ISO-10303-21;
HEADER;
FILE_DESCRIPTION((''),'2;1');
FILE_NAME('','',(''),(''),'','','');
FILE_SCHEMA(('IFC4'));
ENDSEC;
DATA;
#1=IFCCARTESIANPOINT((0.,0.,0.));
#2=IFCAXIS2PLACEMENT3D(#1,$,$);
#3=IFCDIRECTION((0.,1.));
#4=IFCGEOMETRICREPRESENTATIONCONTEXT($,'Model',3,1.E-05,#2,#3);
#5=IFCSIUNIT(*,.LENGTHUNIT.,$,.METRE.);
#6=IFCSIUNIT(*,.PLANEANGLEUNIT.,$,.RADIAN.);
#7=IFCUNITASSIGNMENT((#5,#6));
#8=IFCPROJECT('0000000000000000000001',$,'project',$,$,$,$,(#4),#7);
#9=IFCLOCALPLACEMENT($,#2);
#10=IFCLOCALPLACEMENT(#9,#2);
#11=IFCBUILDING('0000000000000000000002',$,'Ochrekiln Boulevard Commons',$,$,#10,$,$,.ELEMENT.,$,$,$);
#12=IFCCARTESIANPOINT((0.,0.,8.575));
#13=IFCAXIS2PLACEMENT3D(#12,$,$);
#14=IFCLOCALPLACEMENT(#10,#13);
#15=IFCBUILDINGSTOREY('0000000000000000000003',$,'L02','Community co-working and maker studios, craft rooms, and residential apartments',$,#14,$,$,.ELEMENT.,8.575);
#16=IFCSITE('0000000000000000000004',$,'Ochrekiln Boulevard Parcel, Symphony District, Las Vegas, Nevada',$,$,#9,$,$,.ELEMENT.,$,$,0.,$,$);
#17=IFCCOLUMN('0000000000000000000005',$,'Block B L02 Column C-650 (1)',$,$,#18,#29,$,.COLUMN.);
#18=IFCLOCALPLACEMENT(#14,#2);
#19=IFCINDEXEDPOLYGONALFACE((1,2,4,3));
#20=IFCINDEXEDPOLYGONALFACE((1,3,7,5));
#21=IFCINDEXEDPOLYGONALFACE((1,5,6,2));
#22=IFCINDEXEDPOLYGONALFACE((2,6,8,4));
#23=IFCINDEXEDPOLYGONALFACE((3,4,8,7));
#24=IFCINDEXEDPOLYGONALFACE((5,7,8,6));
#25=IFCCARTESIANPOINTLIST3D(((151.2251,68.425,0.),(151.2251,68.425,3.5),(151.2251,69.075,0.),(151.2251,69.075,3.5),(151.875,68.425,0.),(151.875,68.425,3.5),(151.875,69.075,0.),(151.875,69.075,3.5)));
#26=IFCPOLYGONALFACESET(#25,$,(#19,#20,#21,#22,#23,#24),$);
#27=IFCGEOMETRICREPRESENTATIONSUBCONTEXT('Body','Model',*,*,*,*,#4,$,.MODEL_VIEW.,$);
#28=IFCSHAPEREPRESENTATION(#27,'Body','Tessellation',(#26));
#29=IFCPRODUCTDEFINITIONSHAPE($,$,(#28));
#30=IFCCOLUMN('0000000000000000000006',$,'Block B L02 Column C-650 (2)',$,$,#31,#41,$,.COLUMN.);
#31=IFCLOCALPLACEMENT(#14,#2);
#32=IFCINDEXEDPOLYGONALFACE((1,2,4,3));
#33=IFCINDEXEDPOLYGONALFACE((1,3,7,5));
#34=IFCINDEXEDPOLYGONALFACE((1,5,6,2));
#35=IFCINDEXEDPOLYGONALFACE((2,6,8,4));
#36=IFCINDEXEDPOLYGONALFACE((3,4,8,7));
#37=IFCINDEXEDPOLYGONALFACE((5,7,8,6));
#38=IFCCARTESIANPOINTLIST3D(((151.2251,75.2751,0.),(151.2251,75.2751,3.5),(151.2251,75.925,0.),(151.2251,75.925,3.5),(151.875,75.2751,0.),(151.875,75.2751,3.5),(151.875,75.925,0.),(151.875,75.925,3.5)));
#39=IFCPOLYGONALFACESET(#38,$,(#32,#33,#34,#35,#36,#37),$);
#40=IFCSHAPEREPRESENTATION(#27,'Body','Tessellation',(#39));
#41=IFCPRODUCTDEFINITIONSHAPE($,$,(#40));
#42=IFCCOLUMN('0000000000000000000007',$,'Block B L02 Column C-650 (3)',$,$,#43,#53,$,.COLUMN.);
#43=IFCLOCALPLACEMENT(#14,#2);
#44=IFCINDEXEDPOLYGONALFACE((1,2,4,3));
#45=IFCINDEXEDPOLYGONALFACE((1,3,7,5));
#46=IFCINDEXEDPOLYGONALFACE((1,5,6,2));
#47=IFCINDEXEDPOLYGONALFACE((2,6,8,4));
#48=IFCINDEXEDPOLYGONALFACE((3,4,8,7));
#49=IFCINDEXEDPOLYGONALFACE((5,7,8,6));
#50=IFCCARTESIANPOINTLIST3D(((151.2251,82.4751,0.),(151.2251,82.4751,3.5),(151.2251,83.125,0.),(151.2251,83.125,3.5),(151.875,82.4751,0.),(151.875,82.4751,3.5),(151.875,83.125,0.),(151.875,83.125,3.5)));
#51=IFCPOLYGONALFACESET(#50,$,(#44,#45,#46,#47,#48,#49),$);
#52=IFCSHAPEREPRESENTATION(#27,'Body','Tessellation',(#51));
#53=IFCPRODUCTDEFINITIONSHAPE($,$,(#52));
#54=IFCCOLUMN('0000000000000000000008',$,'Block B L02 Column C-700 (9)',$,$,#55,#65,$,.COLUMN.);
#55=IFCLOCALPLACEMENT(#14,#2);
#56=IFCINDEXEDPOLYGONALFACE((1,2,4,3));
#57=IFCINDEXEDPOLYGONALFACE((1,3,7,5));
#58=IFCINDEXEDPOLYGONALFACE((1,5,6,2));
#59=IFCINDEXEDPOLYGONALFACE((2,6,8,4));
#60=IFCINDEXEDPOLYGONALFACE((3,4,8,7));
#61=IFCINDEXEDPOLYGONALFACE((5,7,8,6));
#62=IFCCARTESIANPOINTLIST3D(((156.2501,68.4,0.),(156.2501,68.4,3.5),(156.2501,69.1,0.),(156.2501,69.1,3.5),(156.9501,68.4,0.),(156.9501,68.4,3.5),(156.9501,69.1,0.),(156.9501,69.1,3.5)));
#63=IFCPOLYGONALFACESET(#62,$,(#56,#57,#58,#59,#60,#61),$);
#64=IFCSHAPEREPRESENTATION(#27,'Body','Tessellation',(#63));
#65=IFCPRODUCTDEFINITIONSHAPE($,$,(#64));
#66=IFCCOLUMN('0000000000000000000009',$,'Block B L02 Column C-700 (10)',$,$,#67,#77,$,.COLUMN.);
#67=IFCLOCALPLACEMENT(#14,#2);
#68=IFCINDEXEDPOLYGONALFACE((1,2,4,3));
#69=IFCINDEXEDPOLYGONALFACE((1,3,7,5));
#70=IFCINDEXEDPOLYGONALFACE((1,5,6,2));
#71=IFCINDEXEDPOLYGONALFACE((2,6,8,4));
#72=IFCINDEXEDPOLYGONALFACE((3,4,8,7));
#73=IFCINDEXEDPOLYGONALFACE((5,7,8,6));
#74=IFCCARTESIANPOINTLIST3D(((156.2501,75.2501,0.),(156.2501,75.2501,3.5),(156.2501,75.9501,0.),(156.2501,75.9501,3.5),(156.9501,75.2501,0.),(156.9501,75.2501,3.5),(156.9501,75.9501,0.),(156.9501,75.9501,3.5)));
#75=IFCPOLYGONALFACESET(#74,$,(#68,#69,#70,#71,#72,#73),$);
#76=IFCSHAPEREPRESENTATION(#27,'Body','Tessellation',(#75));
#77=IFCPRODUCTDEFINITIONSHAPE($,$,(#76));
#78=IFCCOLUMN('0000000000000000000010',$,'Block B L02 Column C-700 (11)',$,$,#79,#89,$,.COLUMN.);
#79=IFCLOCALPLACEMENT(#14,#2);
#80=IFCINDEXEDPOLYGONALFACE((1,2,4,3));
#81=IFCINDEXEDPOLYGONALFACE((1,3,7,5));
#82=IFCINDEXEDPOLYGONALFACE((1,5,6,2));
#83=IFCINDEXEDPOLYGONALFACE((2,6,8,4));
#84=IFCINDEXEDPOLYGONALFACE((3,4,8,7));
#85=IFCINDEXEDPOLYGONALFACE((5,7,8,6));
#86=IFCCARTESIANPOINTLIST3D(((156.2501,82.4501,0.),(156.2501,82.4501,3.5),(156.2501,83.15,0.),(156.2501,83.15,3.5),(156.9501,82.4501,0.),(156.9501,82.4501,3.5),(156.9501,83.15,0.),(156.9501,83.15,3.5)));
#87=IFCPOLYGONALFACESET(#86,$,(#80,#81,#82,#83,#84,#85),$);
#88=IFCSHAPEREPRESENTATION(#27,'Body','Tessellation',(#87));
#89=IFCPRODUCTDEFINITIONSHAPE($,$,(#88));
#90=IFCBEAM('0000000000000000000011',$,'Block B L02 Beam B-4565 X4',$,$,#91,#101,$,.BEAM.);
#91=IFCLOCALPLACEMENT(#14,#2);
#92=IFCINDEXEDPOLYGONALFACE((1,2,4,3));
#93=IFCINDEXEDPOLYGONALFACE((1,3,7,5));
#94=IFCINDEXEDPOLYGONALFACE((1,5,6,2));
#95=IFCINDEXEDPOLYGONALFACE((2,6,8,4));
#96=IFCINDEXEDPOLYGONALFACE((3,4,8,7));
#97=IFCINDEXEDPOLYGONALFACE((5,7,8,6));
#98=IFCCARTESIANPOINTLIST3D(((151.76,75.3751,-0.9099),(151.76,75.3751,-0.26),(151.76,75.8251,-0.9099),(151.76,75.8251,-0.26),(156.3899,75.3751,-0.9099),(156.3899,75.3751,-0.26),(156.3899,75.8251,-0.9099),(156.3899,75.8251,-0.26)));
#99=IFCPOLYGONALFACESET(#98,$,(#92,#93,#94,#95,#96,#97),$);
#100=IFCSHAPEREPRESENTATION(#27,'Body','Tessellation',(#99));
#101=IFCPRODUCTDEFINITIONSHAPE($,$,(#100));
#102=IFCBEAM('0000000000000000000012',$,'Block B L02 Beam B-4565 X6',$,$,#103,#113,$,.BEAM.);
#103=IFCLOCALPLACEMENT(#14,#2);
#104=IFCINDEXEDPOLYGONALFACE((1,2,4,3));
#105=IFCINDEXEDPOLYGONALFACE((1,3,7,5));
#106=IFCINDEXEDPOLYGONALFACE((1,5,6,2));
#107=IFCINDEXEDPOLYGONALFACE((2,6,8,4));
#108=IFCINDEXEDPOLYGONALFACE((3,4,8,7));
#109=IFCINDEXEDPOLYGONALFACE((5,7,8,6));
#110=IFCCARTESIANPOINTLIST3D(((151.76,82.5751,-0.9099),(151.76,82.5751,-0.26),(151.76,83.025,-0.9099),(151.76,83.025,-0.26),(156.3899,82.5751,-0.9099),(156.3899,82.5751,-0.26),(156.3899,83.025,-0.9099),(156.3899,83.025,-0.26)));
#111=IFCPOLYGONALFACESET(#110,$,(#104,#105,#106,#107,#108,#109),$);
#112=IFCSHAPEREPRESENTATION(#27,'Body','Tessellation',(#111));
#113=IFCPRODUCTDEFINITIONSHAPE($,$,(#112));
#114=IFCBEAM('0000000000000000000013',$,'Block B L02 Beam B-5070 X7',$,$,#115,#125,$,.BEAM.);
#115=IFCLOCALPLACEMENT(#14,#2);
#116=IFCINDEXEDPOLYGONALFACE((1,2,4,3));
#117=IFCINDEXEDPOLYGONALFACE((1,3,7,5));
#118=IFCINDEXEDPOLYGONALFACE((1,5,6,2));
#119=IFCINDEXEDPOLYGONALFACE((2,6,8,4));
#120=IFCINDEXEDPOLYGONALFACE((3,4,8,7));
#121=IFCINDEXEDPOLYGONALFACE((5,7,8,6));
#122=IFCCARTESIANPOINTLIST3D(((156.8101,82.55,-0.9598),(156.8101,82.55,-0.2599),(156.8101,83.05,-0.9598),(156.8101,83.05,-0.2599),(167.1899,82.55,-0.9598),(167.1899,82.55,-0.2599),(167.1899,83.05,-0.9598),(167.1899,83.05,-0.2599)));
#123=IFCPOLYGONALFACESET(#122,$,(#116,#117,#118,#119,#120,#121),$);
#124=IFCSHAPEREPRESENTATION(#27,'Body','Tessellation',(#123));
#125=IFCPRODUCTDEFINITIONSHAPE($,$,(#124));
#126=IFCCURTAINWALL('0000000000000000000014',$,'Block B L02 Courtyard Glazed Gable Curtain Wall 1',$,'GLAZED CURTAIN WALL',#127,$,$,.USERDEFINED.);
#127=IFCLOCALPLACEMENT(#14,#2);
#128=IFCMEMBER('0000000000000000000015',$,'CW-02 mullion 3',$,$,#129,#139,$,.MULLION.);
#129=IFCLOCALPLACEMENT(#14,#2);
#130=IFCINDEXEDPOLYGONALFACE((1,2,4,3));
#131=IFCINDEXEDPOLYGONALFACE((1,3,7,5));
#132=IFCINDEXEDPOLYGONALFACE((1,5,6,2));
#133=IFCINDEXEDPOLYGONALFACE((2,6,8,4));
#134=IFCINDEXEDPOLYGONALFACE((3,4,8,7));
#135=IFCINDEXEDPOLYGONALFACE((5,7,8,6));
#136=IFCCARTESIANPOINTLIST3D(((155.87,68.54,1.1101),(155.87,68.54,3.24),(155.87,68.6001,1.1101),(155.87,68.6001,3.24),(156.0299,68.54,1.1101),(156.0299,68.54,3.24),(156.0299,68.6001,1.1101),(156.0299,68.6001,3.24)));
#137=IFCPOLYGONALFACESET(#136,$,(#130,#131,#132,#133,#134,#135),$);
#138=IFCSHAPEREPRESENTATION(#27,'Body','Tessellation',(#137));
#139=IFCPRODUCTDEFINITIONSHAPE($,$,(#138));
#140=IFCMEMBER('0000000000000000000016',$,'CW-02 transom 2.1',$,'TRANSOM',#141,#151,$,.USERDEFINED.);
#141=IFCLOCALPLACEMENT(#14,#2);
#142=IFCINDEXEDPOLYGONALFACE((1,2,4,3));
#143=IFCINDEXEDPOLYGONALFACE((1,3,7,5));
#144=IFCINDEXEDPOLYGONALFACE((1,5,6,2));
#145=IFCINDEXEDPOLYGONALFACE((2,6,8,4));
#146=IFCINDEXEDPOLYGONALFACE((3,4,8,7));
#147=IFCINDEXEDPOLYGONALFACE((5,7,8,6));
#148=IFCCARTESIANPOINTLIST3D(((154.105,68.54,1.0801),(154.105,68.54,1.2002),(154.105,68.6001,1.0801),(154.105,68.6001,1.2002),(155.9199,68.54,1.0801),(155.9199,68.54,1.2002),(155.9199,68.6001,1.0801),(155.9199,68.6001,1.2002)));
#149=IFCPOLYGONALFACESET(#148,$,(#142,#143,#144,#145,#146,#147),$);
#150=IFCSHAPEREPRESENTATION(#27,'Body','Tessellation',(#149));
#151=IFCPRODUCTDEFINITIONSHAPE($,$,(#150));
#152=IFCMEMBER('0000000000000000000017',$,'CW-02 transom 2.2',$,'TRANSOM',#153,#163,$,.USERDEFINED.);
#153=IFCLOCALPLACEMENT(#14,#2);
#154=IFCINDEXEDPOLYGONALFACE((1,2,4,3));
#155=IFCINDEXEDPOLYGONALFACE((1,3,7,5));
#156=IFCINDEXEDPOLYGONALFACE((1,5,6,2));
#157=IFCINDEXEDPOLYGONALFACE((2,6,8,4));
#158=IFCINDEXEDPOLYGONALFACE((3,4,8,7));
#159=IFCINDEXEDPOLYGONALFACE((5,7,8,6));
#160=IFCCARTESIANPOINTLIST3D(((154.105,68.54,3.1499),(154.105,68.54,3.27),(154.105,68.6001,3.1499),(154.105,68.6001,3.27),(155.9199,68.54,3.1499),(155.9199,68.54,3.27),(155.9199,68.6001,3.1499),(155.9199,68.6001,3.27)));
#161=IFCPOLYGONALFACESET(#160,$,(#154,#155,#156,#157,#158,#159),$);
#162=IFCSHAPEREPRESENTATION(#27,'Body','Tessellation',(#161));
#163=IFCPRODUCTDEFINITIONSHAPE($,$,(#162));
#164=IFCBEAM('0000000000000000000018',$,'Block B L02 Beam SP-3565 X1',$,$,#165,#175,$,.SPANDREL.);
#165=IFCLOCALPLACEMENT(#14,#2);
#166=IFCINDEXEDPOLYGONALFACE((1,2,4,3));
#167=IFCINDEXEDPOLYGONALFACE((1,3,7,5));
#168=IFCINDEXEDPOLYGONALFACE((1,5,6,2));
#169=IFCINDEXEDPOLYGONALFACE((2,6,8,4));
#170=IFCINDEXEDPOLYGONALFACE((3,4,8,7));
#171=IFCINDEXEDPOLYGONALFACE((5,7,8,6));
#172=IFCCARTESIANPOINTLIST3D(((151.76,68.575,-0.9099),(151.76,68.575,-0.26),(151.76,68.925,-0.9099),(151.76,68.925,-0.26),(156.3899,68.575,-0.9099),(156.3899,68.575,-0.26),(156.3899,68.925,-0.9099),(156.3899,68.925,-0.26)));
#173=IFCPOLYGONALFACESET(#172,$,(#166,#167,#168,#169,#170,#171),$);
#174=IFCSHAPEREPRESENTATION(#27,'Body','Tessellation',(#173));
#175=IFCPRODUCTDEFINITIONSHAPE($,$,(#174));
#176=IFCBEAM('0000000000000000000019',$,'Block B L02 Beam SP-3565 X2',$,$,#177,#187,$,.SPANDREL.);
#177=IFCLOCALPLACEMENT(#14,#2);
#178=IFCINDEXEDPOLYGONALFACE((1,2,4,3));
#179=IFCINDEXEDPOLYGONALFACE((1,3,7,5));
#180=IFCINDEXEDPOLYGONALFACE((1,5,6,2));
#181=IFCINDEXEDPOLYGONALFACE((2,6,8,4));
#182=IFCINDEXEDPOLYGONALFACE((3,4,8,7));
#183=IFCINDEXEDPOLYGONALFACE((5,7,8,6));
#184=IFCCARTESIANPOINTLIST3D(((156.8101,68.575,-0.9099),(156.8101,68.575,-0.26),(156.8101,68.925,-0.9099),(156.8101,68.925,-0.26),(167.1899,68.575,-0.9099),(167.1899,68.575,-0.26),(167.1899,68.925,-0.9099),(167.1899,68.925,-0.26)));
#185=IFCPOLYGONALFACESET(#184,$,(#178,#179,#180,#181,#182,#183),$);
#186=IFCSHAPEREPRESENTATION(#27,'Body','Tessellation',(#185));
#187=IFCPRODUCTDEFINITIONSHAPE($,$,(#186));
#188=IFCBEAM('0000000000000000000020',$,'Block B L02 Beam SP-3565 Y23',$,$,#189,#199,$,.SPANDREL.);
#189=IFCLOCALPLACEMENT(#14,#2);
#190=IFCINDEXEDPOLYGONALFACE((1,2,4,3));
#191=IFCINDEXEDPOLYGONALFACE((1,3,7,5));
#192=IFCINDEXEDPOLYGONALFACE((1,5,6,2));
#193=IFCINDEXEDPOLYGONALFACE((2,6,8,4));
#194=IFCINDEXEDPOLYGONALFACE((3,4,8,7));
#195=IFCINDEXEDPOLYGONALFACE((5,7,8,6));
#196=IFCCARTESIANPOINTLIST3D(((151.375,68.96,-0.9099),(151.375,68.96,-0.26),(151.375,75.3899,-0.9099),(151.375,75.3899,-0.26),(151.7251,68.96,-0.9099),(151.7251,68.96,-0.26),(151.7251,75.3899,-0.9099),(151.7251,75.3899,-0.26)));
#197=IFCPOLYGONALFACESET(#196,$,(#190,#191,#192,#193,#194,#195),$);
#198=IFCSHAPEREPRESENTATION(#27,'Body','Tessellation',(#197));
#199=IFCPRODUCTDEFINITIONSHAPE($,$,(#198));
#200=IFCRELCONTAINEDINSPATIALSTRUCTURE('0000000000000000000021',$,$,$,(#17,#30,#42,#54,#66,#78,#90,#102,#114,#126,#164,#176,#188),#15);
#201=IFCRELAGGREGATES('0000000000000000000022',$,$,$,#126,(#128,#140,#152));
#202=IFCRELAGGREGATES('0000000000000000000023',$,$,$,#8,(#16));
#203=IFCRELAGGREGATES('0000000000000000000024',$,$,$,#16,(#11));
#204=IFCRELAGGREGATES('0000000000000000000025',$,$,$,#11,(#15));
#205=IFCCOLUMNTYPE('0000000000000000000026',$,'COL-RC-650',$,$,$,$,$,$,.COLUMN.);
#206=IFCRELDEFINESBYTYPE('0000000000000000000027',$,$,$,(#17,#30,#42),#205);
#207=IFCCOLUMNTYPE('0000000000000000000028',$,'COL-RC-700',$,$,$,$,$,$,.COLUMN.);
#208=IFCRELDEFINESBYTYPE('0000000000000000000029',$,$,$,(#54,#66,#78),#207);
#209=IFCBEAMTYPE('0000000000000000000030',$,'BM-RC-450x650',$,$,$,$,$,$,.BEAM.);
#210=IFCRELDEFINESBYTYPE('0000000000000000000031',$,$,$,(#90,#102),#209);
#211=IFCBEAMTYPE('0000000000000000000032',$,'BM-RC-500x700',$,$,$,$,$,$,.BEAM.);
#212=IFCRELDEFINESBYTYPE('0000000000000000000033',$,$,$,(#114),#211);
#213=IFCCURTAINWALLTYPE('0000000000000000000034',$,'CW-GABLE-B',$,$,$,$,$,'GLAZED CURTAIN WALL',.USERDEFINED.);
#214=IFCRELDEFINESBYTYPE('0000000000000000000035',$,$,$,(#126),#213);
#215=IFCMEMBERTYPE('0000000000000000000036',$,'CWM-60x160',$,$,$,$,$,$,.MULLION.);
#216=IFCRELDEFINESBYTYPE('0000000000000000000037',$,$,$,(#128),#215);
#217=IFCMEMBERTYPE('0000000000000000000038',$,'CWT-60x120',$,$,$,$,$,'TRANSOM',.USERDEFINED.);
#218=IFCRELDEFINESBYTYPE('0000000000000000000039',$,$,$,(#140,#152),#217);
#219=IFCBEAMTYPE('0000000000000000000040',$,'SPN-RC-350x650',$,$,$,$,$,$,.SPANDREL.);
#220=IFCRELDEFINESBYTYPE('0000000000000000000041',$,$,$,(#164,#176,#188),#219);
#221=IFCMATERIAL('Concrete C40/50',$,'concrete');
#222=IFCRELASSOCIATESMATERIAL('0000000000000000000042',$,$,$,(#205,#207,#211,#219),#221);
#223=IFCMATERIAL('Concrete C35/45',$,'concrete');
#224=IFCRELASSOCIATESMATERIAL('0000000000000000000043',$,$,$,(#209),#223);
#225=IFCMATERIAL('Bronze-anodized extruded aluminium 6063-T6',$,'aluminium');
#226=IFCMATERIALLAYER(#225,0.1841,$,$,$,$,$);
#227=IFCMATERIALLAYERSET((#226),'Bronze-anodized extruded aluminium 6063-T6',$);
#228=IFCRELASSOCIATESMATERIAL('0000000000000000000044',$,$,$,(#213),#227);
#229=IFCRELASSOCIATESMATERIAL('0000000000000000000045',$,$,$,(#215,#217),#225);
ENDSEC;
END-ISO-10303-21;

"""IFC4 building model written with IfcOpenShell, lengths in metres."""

from ifc_helpers import new_model, si_unit, direction, frame, origin, origin_2d, place, context, subcontext, project, spatial, rectangle, extrude, material, layer, layer_set, material_profile, profile_set, type_object, element, aggregate, save


model = new_model("IFC4")

# Units and contexts
model_context = context("Model", 3, precision=1e-05, world=origin(), true_north=direction((0.0, 1.0)))
body_context = subcontext(model_context, "Body", "Model", "MODEL_VIEW")
ifc_project = project(units=[si_unit("LENGTHUNIT", "METRE"), si_unit("PLANEANGLEUNIT", "RADIAN")], contexts=[model_context])

# Site, building, storey
site_placement = place(None, origin())
site = spatial("IfcSite", under=ifc_project, at=site_placement, Name="Ochrekiln Boulevard Parcel, Symphony District, Las Vegas, Nevada", CompositionType="ELEMENT", RefElevation=0.0)
building_placement = place(site_placement, origin())
building = spatial("IfcBuilding", under=site, at=building_placement, Name="Ochrekiln Boulevard Commons", CompositionType="ELEMENT")
storey_placement = place(building_placement, frame((0.0, 0.0, 8.575)))
storey = spatial("IfcBuildingStorey", under=building, at=storey_placement, Name="L02", Description="Community co-working and maker studios, craft rooms, and residential apartments", CompositionType="ELEMENT", Elevation=8.575)

# Columns
ifc_material_1 = material(Name="Concrete C40/50", Category="concrete")
ifc_material_profile_1 = material_profile(ifc_material_1, rectangle(XDim=0.6499, YDim=0.6499, at=origin_2d()), Name="RC-COL-650x650")
ifc_profile_set_1 = profile_set([ifc_material_profile_1], Name="Concrete C40/50")
column_type_1 = type_object("IfcColumnType", Name="COL-RC-650", PredefinedType="COLUMN", material=ifc_profile_set_1)
for number, where, z_axis, x_axis, name in (
    (1, (151.55, 68.75, 0.0), (0.0, 0.0, 1.0), (1.0, 0.0, 0.0), "Block B L02 Column C-650 (1)"),
    (2, (151.55, 75.6001, 0.0), (0.0, 0.0, 1.0), (1.0, 0.0, 0.0), "Block B L02 Column C-650 (2)"),
    (3, (151.55, 82.8, 0.0), (0.0, 0.0, 1.0), (1.0, 0.0, 0.0), "Block B L02 Column C-650 (3)"),
):
    element("IfcColumn", number, at=place(storey_placement, frame(where, z_axis=z_axis, x_axis=x_axis)), inside=storey, type_object=column_type_1, Name=name, PredefinedType="COLUMN", context=body_context, shape_type="SweptSolid", body=[
        extrude(rectangle(XDim=0.6499, YDim=0.6499, at=origin_2d()), origin(), (0.0, 0.0, 1.0), 3.5),
    ])
ifc_material_profile_2 = material_profile(ifc_material_1, rectangle(XDim=0.7, YDim=0.7, at=origin_2d()), Name="RC-COL-700x700")
ifc_profile_set_2 = profile_set([ifc_material_profile_2], Name="Concrete C40/50")
column_type_2 = type_object("IfcColumnType", Name="COL-RC-700", PredefinedType="COLUMN", material=ifc_profile_set_2)
for number, where, z_axis, x_axis, name in (
    (4, (156.6001, 68.75, 0.0), (0.0, 0.0, 1.0), (1.0, 0.0, 0.0), "Block B L02 Column C-700 (9)"),
    (5, (156.6001, 75.6001, 0.0), (0.0, 0.0, 1.0), (1.0, 0.0, 0.0), "Block B L02 Column C-700 (10)"),
    (6, (156.6001, 82.8, 0.0), (0.0, 0.0, 1.0), (1.0, 0.0, 0.0), "Block B L02 Column C-700 (11)"),
):
    element("IfcColumn", number, at=place(storey_placement, frame(where, z_axis=z_axis, x_axis=x_axis)), inside=storey, type_object=column_type_2, Name=name, PredefinedType="COLUMN", context=body_context, shape_type="SweptSolid", body=[
        extrude(rectangle(XDim=0.7, YDim=0.7, at=origin_2d()), origin(), (0.0, 0.0, 1.0), 3.5),
    ])

# Beams
ifc_material_2 = material(Name="Concrete C35/45", Category="concrete")
ifc_material_profile_3 = material_profile(ifc_material_2, rectangle(XDim=0.45, YDim=0.6499, at=origin_2d()), Name="RC-BM-450x650")
ifc_profile_set_3 = profile_set([ifc_material_profile_3], Name="Concrete C35/45")
beam_type_1 = type_object("IfcBeamType", Name="BM-RC-450x650", PredefinedType="BEAM", material=ifc_profile_set_3)
for number, where, z_axis, x_axis, name in (
    (7, (151.76, 75.6001, -0.585), (1.0, 0.0, 0.0), (0.0, 1.0, 0.0), "Block B L02 Beam B-4565 X4"),
    (8, (151.76, 82.8, -0.585), (1.0, 0.0, 0.0), (0.0, 1.0, 0.0), "Block B L02 Beam B-4565 X6"),
):
    element("IfcBeam", number, at=place(storey_placement, frame(where, z_axis=z_axis, x_axis=x_axis)), inside=storey, type_object=beam_type_1, Name=name, PredefinedType="BEAM", context=body_context, shape_type="SweptSolid", body=[
        extrude(rectangle(XDim=0.45, YDim=0.6499, at=origin_2d()), origin(), (0.0, 0.0, 1.0), 4.6299),
    ])
ifc_material_profile_4 = material_profile(ifc_material_1, rectangle(XDim=0.5, YDim=0.7, at=origin_2d()), Name="RC-BM-500x700")
ifc_profile_set_4 = profile_set([ifc_material_profile_4], Name="Concrete C40/50")
beam_type_2 = type_object("IfcBeamType", Name="BM-RC-500x700", PredefinedType="BEAM", material=ifc_profile_set_4)
beam_1_placement = place(storey_placement, frame((156.8101, 82.8, -0.6099), z_axis=(1.0, 0.0, 0.0), x_axis=(0.0, 1.0, 0.0)))
element("IfcBeam", 9, at=beam_1_placement, inside=storey, type_object=beam_type_2, Name="Block B L02 Beam B-5070 X7", PredefinedType="BEAM", context=body_context, shape_type="SweptSolid", body=[
    extrude(rectangle(XDim=0.5, YDim=0.7, at=origin_2d()), origin(), (0.0, 0.0, 1.0), 10.3799),
])

# Curtain wall, members
ifc_material_3 = material(Name="Bronze-anodized extruded aluminium 6063-T6", Category="aluminium")
ifc_layer_1 = layer(ifc_material_3, 0.1841)
ifc_layer_set_1 = layer_set([ifc_layer_1], Name="Bronze-anodized extruded aluminium 6063-T6")
curtain_wall_type = type_object("IfcCurtainWallType", Name="CW-GABLE-B", ElementType="GLAZED CURTAIN WALL", PredefinedType="USERDEFINED", material=ifc_layer_set_1)
curtain_wall_placement = place(storey_placement, origin())
curtain_wall = element("IfcCurtainWall", 10, at=curtain_wall_placement, inside=storey, type_object=curtain_wall_type, Name="Block B L02 Courtyard Glazed Gable Curtain Wall 1", ObjectType="GLAZED CURTAIN WALL", PredefinedType="USERDEFINED")
ifc_material_profile_5 = material_profile(ifc_material_3, rectangle(XDim=0.0601, YDim=0.1599, at=origin_2d()), Name="ALU-MUL-60x160")
ifc_profile_set_5 = profile_set([ifc_material_profile_5], Name="Bronze-anodized extruded aluminium 6063-T6")
member_type_1 = type_object("IfcMemberType", Name="CWM-60x160", PredefinedType="MULLION", material=ifc_profile_set_5)
member_1_placement = place(storey_placement, frame((155.95, 68.5701, 1.1101), z_axis=(0.0, 0.0, 1.0), x_axis=(0.0, 1.0, 0.0)))
member_1 = element("IfcMember", 11, at=member_1_placement, type_object=member_type_1, Name="CW-02 mullion 3", PredefinedType="MULLION", context=body_context, shape_type="SweptSolid", body=[
    extrude(rectangle(XDim=0.0601, YDim=0.1599, at=origin_2d()), origin(), (0.0, 0.0, 1.0), 2.1299),
])
ifc_material_profile_6 = material_profile(ifc_material_3, rectangle(XDim=0.0601, YDim=0.1201, at=origin_2d()), Name="ALU-TRN-60x120")
ifc_profile_set_6 = profile_set([ifc_material_profile_6], Name="Bronze-anodized extruded aluminium 6063-T6")
member_type_2 = type_object("IfcMemberType", Name="CWT-60x120", ElementType="TRANSOM", PredefinedType="USERDEFINED", material=ifc_profile_set_6)
member_2_placement = place(storey_placement, frame((154.105, 68.5701, 1.1401), z_axis=(1.0, 0.0, 0.0), x_axis=(0.0, 1.0, 0.0)))
member_2 = element("IfcMember", 12, at=member_2_placement, type_object=member_type_2, Name="CW-02 transom 2.1", ObjectType="TRANSOM", PredefinedType="USERDEFINED", context=body_context, shape_type="SweptSolid", body=[
    extrude(rectangle(XDim=0.0601, YDim=0.1201, at=origin_2d()), origin(), (0.0, 0.0, 1.0), 1.8149),
])
member_3_placement = place(storey_placement, frame((154.105, 68.5701, 3.21), z_axis=(1.0, 0.0, 0.0), x_axis=(0.0, 1.0, 0.0)))
member_3 = element("IfcMember", 13, at=member_3_placement, type_object=member_type_2, Name="CW-02 transom 2.2", ObjectType="TRANSOM", PredefinedType="USERDEFINED", context=body_context, shape_type="SweptSolid", body=[
    extrude(rectangle(XDim=0.0601, YDim=0.1201, at=origin_2d()), origin(), (0.0, 0.0, 1.0), 1.8149),
])

# Beams
ifc_material_profile_7 = material_profile(ifc_material_1, rectangle(XDim=0.3501, YDim=0.6499, at=origin_2d()), Name="RC-SPN-350x650")
ifc_profile_set_7 = profile_set([ifc_material_profile_7], Name="Concrete C40/50")
beam_type_3 = type_object("IfcBeamType", Name="SPN-RC-350x650", PredefinedType="SPANDREL", material=ifc_profile_set_7)
beam_2_placement = place(storey_placement, frame((151.76, 68.75, -0.585), z_axis=(1.0, 0.0, 0.0), x_axis=(0.0, 1.0, 0.0)))
element("IfcBeam", 14, at=beam_2_placement, inside=storey, type_object=beam_type_3, Name="Block B L02 Beam SP-3565 X1", PredefinedType="SPANDREL", context=body_context, shape_type="SweptSolid", body=[
    extrude(rectangle(XDim=0.3501, YDim=0.6499, at=origin_2d()), origin(), (0.0, 0.0, 1.0), 4.6299),
])
beam_3_placement = place(storey_placement, frame((156.8101, 68.75, -0.585), z_axis=(1.0, 0.0, 0.0), x_axis=(0.0, 1.0, 0.0)))
element("IfcBeam", 15, at=beam_3_placement, inside=storey, type_object=beam_type_3, Name="Block B L02 Beam SP-3565 X2", PredefinedType="SPANDREL", context=body_context, shape_type="SweptSolid", body=[
    extrude(rectangle(XDim=0.3501, YDim=0.6499, at=origin_2d()), origin(), (0.0, 0.0, 1.0), 10.3799),
])
beam_4_placement = place(storey_placement, frame((151.55, 68.96, -0.585), z_axis=(0.0, 1.0, 0.0), x_axis=(-1.0, 0.0, 0.0)))
element("IfcBeam", 16, at=beam_4_placement, inside=storey, type_object=beam_type_3, Name="Block B L02 Beam SP-3565 Y23", PredefinedType="SPANDREL", context=body_context, shape_type="SweptSolid", body=[
    extrude(rectangle(XDim=0.3501, YDim=0.6499, at=origin_2d()), origin(), (0.0, 0.0, 1.0), 6.4299),
])

aggregate(curtain_wall, [member_1, member_2, member_3])

save(model, "model.ifc")
